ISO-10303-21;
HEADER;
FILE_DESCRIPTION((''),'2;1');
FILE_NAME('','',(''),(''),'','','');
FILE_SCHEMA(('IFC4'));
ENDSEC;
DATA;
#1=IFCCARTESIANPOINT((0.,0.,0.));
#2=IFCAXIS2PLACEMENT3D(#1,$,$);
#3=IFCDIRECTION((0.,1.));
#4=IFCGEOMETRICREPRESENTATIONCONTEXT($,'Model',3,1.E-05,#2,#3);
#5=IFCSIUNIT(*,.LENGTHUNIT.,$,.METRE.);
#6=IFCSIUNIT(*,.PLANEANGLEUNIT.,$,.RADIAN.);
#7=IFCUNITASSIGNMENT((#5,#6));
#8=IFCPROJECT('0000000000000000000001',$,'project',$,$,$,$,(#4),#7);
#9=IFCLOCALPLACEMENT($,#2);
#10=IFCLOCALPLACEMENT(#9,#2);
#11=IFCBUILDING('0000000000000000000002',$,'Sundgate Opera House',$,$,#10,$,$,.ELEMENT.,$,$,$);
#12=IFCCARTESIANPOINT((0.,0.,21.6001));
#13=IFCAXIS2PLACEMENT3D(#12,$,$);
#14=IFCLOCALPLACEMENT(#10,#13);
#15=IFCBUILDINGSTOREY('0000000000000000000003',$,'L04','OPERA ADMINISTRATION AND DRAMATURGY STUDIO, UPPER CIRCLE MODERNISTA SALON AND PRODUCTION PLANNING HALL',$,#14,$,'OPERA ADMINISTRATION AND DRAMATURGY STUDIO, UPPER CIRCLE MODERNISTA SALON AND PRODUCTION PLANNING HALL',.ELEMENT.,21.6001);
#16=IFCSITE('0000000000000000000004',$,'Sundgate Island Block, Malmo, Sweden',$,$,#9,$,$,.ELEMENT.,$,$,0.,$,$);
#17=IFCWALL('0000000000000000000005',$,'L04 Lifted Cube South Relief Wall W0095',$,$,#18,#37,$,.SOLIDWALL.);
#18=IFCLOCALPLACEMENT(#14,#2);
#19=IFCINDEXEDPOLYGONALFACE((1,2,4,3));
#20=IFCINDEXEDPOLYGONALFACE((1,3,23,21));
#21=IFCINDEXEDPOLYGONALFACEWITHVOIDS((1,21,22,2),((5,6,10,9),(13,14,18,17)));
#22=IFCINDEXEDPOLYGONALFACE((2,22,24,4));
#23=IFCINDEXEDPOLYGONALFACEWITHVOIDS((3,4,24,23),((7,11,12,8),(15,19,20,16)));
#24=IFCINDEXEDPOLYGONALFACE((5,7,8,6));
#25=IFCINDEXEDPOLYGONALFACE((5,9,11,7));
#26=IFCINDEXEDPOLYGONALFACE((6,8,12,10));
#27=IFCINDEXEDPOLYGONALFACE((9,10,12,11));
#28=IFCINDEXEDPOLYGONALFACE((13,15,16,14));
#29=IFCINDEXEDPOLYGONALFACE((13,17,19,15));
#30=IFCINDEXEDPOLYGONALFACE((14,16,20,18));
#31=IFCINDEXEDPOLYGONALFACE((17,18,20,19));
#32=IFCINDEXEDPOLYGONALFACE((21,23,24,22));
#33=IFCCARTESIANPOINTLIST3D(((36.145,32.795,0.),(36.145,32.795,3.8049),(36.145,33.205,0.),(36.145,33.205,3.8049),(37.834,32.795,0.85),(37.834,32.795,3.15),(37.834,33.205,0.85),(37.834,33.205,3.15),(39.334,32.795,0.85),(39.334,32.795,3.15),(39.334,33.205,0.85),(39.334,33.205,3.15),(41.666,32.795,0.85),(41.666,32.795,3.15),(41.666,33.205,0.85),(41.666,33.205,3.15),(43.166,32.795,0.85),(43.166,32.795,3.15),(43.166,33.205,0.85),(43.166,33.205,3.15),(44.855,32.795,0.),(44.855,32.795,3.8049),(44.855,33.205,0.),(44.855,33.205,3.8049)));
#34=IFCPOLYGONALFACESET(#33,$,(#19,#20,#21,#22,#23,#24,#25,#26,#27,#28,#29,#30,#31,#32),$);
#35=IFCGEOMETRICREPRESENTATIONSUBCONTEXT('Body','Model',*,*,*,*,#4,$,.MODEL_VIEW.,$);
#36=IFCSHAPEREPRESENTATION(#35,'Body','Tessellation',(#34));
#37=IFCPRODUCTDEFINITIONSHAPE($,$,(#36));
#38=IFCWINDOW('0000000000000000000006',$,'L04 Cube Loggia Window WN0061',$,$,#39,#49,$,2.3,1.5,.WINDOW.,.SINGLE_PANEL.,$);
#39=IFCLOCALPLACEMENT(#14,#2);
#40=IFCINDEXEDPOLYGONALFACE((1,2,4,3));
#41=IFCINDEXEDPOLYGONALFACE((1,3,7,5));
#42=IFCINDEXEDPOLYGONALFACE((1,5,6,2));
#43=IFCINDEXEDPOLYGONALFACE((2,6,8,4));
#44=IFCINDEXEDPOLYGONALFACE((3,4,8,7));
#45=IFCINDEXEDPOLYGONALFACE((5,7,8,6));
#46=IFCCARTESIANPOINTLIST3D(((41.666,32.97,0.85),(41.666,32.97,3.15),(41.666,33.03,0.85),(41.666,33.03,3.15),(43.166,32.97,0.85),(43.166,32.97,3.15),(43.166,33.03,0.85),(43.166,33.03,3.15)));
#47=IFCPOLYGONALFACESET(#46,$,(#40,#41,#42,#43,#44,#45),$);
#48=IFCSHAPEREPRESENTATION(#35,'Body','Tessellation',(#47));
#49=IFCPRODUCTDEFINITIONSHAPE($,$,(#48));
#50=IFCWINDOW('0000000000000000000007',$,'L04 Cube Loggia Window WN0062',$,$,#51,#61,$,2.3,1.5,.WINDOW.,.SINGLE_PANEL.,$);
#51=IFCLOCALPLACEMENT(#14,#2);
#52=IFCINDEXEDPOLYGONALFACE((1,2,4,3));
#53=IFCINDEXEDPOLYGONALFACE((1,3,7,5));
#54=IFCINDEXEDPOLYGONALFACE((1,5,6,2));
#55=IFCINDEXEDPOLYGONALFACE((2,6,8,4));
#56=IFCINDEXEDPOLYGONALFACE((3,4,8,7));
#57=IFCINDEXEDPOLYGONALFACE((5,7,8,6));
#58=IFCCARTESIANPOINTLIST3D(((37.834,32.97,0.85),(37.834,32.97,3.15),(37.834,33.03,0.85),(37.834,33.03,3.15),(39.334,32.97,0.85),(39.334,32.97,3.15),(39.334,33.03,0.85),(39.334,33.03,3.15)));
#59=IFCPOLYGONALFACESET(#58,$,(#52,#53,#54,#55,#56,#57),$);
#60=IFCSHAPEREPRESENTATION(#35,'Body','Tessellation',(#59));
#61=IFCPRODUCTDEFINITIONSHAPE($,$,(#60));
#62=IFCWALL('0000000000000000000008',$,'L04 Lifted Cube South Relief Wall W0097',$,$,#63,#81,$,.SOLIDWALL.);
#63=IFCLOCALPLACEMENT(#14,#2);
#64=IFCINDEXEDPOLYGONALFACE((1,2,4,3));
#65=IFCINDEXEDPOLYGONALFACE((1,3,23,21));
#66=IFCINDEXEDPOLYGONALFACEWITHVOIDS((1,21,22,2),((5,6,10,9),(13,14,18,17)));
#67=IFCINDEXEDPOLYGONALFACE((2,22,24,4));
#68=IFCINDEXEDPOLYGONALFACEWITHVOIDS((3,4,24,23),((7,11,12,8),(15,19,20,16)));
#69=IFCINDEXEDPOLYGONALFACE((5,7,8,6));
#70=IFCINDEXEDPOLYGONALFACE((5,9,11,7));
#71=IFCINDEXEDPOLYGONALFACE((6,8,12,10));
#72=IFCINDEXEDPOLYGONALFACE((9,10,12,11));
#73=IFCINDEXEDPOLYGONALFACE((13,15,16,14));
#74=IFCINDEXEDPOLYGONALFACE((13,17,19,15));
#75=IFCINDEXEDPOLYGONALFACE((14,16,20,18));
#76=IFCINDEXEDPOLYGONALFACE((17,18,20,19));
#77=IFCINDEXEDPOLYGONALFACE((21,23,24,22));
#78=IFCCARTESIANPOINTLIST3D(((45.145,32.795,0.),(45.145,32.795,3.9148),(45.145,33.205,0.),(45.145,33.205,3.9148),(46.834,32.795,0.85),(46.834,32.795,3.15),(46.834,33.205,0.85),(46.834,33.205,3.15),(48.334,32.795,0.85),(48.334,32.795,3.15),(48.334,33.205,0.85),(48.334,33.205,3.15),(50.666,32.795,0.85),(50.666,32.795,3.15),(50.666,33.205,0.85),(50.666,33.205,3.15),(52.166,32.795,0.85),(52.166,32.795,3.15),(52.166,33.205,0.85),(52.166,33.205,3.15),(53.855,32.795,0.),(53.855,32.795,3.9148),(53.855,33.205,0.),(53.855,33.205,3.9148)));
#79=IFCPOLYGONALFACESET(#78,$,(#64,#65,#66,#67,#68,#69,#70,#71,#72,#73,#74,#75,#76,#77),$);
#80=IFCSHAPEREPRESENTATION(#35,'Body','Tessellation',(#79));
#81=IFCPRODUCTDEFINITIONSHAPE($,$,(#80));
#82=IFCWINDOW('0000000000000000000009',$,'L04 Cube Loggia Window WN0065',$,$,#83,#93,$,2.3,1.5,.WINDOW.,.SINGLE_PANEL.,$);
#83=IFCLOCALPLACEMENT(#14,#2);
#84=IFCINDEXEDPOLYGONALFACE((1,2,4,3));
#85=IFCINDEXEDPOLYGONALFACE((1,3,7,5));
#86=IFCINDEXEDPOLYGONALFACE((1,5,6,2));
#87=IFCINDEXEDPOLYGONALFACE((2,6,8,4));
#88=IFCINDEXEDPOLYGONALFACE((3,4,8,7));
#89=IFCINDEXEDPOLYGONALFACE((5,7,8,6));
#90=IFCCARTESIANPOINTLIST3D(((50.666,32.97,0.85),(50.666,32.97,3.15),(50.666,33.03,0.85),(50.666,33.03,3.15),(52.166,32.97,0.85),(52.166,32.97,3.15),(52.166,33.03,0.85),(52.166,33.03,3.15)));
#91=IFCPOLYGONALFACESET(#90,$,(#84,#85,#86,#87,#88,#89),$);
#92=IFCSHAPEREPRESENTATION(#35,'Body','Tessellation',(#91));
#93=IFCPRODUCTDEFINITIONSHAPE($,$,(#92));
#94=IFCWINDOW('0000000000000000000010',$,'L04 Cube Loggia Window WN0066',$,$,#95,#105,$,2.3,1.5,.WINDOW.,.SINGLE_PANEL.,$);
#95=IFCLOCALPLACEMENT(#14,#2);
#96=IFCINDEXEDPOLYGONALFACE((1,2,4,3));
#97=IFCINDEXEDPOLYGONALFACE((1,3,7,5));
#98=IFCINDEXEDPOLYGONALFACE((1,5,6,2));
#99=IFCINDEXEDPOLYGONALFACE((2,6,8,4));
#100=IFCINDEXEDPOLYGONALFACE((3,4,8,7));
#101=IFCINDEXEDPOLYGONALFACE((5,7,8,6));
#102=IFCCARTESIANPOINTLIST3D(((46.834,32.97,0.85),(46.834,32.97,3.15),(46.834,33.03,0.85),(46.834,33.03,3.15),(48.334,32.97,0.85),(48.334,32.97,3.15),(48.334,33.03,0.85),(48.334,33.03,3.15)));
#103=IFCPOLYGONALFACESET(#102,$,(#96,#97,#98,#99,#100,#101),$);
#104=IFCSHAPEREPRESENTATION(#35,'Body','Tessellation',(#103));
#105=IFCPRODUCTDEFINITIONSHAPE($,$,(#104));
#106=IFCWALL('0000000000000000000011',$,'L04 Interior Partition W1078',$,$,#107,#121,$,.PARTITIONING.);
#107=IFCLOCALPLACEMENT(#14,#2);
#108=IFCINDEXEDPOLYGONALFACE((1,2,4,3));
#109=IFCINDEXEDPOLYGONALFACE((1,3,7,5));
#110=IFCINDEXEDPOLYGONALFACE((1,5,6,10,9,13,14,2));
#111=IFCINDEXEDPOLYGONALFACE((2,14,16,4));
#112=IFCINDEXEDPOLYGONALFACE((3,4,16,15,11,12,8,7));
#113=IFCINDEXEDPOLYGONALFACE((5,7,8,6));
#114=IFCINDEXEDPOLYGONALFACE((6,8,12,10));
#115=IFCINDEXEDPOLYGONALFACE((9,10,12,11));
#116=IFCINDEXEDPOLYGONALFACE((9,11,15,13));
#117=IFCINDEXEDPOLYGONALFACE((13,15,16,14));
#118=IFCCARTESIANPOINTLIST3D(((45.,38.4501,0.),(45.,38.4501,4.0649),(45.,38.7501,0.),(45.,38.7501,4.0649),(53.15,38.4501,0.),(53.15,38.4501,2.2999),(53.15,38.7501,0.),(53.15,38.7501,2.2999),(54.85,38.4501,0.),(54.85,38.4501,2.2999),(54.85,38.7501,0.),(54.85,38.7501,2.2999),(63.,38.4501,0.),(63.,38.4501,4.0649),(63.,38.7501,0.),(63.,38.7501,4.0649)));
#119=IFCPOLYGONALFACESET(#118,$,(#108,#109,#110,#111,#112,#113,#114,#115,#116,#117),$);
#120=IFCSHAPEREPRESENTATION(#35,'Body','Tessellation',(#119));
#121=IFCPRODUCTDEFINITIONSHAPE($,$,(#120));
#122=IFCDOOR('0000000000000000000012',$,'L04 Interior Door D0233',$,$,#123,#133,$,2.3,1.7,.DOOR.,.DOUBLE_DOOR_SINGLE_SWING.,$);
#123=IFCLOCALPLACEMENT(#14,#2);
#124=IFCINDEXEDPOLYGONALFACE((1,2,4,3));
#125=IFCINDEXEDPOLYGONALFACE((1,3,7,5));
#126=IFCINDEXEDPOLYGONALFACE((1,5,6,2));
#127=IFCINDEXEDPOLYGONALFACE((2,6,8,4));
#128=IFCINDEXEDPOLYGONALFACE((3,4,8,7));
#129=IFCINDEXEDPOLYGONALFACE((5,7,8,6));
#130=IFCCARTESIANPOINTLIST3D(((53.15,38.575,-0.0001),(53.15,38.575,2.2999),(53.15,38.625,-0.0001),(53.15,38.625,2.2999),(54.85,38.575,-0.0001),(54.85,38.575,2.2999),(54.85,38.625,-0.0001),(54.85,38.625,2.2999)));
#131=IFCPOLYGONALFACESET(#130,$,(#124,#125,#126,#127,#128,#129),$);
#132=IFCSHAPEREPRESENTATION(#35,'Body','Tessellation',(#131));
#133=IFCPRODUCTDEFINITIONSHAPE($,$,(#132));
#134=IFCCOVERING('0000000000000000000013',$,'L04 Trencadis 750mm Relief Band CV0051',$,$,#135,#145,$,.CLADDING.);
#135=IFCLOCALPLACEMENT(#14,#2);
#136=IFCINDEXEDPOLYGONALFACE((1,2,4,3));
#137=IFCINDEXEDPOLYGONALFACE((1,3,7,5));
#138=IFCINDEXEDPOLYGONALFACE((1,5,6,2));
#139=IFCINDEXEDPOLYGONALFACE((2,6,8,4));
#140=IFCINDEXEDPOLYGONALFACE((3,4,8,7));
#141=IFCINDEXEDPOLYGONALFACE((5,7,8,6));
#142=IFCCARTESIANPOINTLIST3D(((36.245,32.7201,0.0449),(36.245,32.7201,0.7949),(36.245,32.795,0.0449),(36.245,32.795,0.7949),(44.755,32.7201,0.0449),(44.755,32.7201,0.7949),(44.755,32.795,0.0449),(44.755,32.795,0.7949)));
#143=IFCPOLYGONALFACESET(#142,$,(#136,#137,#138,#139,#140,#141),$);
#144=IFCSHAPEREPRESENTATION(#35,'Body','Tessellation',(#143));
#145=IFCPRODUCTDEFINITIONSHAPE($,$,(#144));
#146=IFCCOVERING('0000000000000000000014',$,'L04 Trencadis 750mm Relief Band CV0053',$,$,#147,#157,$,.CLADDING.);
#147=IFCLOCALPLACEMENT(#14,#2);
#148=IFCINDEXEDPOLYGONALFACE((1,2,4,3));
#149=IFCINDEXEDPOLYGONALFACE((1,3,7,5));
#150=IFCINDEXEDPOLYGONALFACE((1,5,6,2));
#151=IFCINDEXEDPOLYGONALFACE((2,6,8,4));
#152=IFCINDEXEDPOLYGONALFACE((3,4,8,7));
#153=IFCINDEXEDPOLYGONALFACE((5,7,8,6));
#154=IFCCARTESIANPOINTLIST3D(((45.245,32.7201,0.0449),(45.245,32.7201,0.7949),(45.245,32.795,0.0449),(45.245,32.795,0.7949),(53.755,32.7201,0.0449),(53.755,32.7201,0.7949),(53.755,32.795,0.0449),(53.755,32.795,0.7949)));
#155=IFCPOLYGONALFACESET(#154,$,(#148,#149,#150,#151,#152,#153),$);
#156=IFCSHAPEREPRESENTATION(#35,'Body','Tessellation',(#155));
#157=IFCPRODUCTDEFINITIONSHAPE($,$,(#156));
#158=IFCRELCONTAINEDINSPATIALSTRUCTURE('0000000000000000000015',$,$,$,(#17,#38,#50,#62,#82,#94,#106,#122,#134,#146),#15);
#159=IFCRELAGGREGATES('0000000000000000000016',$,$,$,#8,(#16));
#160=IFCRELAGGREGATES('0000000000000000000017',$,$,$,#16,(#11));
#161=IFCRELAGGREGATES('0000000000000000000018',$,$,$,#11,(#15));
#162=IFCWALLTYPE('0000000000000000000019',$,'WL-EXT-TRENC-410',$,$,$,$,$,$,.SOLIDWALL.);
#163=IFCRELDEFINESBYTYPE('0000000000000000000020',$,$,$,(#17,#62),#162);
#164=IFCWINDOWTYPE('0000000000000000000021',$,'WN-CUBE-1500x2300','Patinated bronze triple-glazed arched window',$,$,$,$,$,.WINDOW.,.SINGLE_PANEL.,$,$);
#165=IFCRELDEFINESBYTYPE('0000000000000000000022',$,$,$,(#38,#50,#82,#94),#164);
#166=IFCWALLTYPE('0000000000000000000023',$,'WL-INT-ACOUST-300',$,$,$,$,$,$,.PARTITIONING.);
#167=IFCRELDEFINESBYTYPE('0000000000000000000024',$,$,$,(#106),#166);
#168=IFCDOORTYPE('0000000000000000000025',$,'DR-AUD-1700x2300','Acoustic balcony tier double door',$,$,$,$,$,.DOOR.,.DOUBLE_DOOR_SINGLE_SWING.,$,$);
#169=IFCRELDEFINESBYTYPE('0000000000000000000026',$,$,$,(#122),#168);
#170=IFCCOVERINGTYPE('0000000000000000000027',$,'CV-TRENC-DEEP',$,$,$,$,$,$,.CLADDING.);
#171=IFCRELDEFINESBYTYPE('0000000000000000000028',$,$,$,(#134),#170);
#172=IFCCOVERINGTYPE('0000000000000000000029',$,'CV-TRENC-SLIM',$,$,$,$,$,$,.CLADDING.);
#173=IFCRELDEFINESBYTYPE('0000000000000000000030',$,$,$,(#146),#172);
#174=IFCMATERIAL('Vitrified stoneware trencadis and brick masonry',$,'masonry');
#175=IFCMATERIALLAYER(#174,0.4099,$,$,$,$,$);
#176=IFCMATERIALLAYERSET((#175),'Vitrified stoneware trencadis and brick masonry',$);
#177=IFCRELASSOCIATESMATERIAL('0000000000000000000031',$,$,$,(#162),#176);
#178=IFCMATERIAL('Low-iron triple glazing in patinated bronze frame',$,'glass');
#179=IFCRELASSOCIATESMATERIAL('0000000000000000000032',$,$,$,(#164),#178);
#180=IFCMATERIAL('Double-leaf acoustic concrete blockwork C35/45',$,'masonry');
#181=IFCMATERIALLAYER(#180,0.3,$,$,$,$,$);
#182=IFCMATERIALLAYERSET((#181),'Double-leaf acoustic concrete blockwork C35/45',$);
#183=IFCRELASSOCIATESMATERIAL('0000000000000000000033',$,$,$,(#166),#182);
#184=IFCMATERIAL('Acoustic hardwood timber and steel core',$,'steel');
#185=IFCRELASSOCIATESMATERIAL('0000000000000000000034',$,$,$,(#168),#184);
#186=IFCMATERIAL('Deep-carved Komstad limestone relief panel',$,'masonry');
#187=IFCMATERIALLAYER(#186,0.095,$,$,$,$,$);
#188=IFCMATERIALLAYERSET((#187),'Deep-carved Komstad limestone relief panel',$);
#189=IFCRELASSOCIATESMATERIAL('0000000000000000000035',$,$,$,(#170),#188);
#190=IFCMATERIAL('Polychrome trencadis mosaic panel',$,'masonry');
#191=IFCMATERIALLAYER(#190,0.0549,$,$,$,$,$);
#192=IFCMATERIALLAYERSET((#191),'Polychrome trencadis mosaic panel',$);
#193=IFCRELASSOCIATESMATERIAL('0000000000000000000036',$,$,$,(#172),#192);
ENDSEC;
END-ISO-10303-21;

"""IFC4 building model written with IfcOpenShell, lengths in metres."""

from ifc_helpers import new_model, si_unit, direction, frame, frame_2d, origin, origin_2d, place, context, subcontext, project, spatial, rectangle, extrude, material, layer, layer_set, type_object, element, fill, save


model = new_model("IFC4")

# Units and contexts
model_context = context("Model", 3, precision=1e-05, world=origin(), true_north=direction((0.0, 1.0)))
body_context = subcontext(model_context, "Body", "Model", "MODEL_VIEW")
ifc_project = project(units=[si_unit("LENGTHUNIT", "METRE"), si_unit("PLANEANGLEUNIT", "RADIAN")], contexts=[model_context])

# Site, building, storey
site_placement = place(None, origin())
site = spatial("IfcSite", under=ifc_project, at=site_placement, Name="Sundgate Island Block, Malmo, Sweden", CompositionType="ELEMENT", RefElevation=0.0)
building_placement = place(site_placement, origin())
building = spatial("IfcBuilding", under=site, at=building_placement, Name="Sundgate Opera House", CompositionType="ELEMENT")
storey_placement = place(building_placement, frame((0.0, 0.0, 21.6001)))
storey = spatial("IfcBuildingStorey", under=building, at=storey_placement, Name="L04", Description="OPERA ADMINISTRATION AND DRAMATURGY STUDIO, UPPER CIRCLE MODERNISTA SALON AND PRODUCTION PLANNING HALL", LongName="OPERA ADMINISTRATION AND DRAMATURGY STUDIO, UPPER CIRCLE MODERNISTA SALON AND PRODUCTION PLANNING HALL", CompositionType="ELEMENT", Elevation=21.6001)

# Walls, openings, windows
ifc_material_1 = material(Name="Vitrified stoneware trencadis and brick masonry", Category="masonry")
ifc_layer_1 = layer(ifc_material_1, 0.4099)
ifc_layer_set_1 = layer_set([ifc_layer_1], Name="Vitrified stoneware trencadis and brick masonry")
wall_type_1 = type_object("IfcWallType", Name="WL-EXT-TRENC-410", PredefinedType="SOLIDWALL", material=ifc_layer_set_1)
wall_1_placement = place(storey_placement, frame((44.855, 33.0, 0.0), z_axis=(0.0, 0.0, 1.0), x_axis=(-1.0, 0.0, 0.0)))
wall_1 = element("IfcWall", 1, at=wall_1_placement, inside=storey, type_object=wall_type_1, Name="L04 Lifted Cube South Relief Wall W0095", PredefinedType="SOLIDWALL", context=body_context, shape_type="SweptSolid", body=[
    extrude(rectangle(XDim=8.71, YDim=0.4099, at=frame_2d((4.355, 0.0))), origin(), (0.0, 0.0, 1.0), 3.8049),
])
opening_1_placement = place(wall_1_placement, frame((1.689, 0.0, 0.8501)))
opening_1 = element("IfcOpeningElement", 2, at=opening_1_placement, cuts=wall_1, PredefinedType="OPENING", context=body_context, shape_type="SweptSolid", body=[
    extrude(rectangle(XDim=1.5, YDim=2.3, at=frame_2d((0.75, 1.1499))), frame((0.0, 0.2148, 0.0), z_axis=(0.0, -1.0, 0.0), x_axis=(1.0, 0.0, 0.0)), (0.0, 0.0, 1.0), 0.4299),
])
opening_2_placement = place(wall_1_placement, frame((5.521, 0.0, 0.8501)))
opening_2 = element("IfcOpeningElement", 3, at=opening_2_placement, cuts=wall_1, PredefinedType="OPENING", context=body_context, shape_type="SweptSolid", body=[
    extrude(rectangle(XDim=1.5, YDim=2.3, at=frame_2d((0.75, 1.1499))), frame((0.0, 0.2148, 0.0), z_axis=(0.0, -1.0, 0.0), x_axis=(1.0, 0.0, 0.0)), (0.0, 0.0, 1.0), 0.4299),
])
ifc_material_2 = material(Name="Low-iron triple glazing in patinated bronze frame", Category="glass")
window_type = type_object("IfcWindowType", Name="WN-CUBE-1500x2300", Description="Patinated bronze triple-glazed arched window", PartitioningType="SINGLE_PANEL", PredefinedType="WINDOW", material=ifc_material_2)
window_1_placement = place(opening_1_placement, origin())
window_1 = element("IfcWindow", 4, at=window_1_placement, inside=storey, type_object=window_type, Name="L04 Cube Loggia Window WN0061", OverallHeight=2.3, OverallWidth=1.5, PartitioningType="SINGLE_PANEL", PredefinedType="WINDOW", context=body_context, shape_type="SweptSolid", body=[
    extrude(rectangle(XDim=1.5, YDim=2.3, at=frame_2d((0.75, 1.1499))), frame((0.0, 0.03, 0.0), z_axis=(0.0, -1.0, 0.0), x_axis=(1.0, 0.0, 0.0)), (0.0, 0.0, 1.0), 0.0601),
])
fill(opening_1, window_1)
window_2_placement = place(opening_2_placement, origin())
window_2 = element("IfcWindow", 5, at=window_2_placement, inside=storey, type_object=window_type, Name="L04 Cube Loggia Window WN0062", OverallHeight=2.3, OverallWidth=1.5, PartitioningType="SINGLE_PANEL", PredefinedType="WINDOW", context=body_context, shape_type="SweptSolid", body=[
    extrude(rectangle(XDim=1.5, YDim=2.3, at=frame_2d((0.75, 1.1499))), frame((0.0, 0.03, 0.0), z_axis=(0.0, -1.0, 0.0), x_axis=(1.0, 0.0, 0.0)), (0.0, 0.0, 1.0), 0.0601),
])
fill(opening_2, window_2)
wall_2_placement = place(storey_placement, frame((53.855, 33.0, 0.0), z_axis=(0.0, 0.0, 1.0), x_axis=(-1.0, 0.0, 0.0)))
wall_2 = element("IfcWall", 6, at=wall_2_placement, inside=storey, type_object=wall_type_1, Name="L04 Lifted Cube South Relief Wall W0097", PredefinedType="SOLIDWALL", context=body_context, shape_type="SweptSolid", body=[
    extrude(rectangle(XDim=8.71, YDim=0.4099, at=frame_2d((4.355, 0.0))), origin(), (0.0, 0.0, 1.0), 3.9148),
])
opening_3_placement = place(wall_2_placement, frame((1.689, 0.0, 0.8501)))
opening_3 = element("IfcOpeningElement", 7, at=opening_3_placement, cuts=wall_2, PredefinedType="OPENING", context=body_context, shape_type="SweptSolid", body=[
    extrude(rectangle(XDim=1.5, YDim=2.3, at=frame_2d((0.75, 1.1499))), frame((0.0, 0.2148, 0.0), z_axis=(0.0, -1.0, 0.0), x_axis=(1.0, 0.0, 0.0)), (0.0, 0.0, 1.0), 0.4299),
])
opening_4_placement = place(wall_2_placement, frame((5.521, 0.0, 0.8501)))
opening_4 = element("IfcOpeningElement", 8, at=opening_4_placement, cuts=wall_2, PredefinedType="OPENING", context=body_context, shape_type="SweptSolid", body=[
    extrude(rectangle(XDim=1.5, YDim=2.3, at=frame_2d((0.75, 1.1499))), frame((0.0, 0.2148, 0.0), z_axis=(0.0, -1.0, 0.0), x_axis=(1.0, 0.0, 0.0)), (0.0, 0.0, 1.0), 0.4299),
])
window_3_placement = place(opening_3_placement, origin())
window_3 = element("IfcWindow", 9, at=window_3_placement, inside=storey, type_object=window_type, Name="L04 Cube Loggia Window WN0065", OverallHeight=2.3, OverallWidth=1.5, PartitioningType="SINGLE_PANEL", PredefinedType="WINDOW", context=body_context, shape_type="SweptSolid", body=[
    extrude(rectangle(XDim=1.5, YDim=2.3, at=frame_2d((0.75, 1.1499))), frame((0.0, 0.03, 0.0), z_axis=(0.0, -1.0, 0.0), x_axis=(1.0, 0.0, 0.0)), (0.0, 0.0, 1.0), 0.0601),
])
fill(opening_3, window_3)
window_4_placement = place(opening_4_placement, origin())
window_4 = element("IfcWindow", 10, at=window_4_placement, inside=storey, type_object=window_type, Name="L04 Cube Loggia Window WN0066", OverallHeight=2.3, OverallWidth=1.5, PartitioningType="SINGLE_PANEL", PredefinedType="WINDOW", context=body_context, shape_type="SweptSolid", body=[
    extrude(rectangle(XDim=1.5, YDim=2.3, at=frame_2d((0.75, 1.1499))), frame((0.0, 0.03, 0.0), z_axis=(0.0, -1.0, 0.0), x_axis=(1.0, 0.0, 0.0)), (0.0, 0.0, 1.0), 0.0601),
])
fill(opening_4, window_4)

# Wall, opening, door
ifc_material_3 = material(Name="Double-leaf acoustic concrete blockwork C35/45", Category="masonry")
ifc_layer_2 = layer(ifc_material_3, 0.3)
ifc_layer_set_2 = layer_set([ifc_layer_2], Name="Double-leaf acoustic concrete blockwork C35/45")
wall_type_2 = type_object("IfcWallType", Name="WL-INT-ACOUST-300", PredefinedType="PARTITIONING", material=ifc_layer_set_2)
wall_3_placement = place(storey_placement, frame((45.0, 38.6001, 0.0), z_axis=(0.0, 0.0, 1.0), x_axis=(1.0, 0.0, 0.0)))
wall_3 = element("IfcWall", 11, at=wall_3_placement, inside=storey, type_object=wall_type_2, Name="L04 Interior Partition W1078", PredefinedType="PARTITIONING", context=body_context, shape_type="SweptSolid", body=[
    extrude(rectangle(XDim=18.0, YDim=0.3, at=frame_2d((9.0, 0.0))), origin(), (0.0, 0.0, 1.0), 4.0649),
])
opening_5_placement = place(wall_3_placement, frame((8.1499, 0.0, 0.0)))
opening_5 = element("IfcOpeningElement", 12, at=opening_5_placement, cuts=wall_3, PredefinedType="OPENING", context=body_context, shape_type="SweptSolid", body=[
    extrude(rectangle(XDim=1.7, YDim=2.3, at=frame_2d((0.8501, 1.1499))), frame((0.0, 0.1599, 0.0), z_axis=(0.0, -1.0, 0.0), x_axis=(1.0, 0.0, 0.0)), (0.0, 0.0, 1.0), 0.3201),
])
ifc_material_4 = material(Name="Acoustic hardwood timber and steel core", Category="steel")
door_type = type_object("IfcDoorType", Name="DR-AUD-1700x2300", Description="Acoustic balcony tier double door", OperationType="DOUBLE_DOOR_SINGLE_SWING", PredefinedType="DOOR", material=ifc_material_4)
door_placement = place(opening_5_placement, origin())
door = element("IfcDoor", 13, at=door_placement, inside=storey, type_object=door_type, Name="L04 Interior Door D0233", OperationType="DOUBLE_DOOR_SINGLE_SWING", OverallHeight=2.3, OverallWidth=1.7, PredefinedType="DOOR", context=body_context, shape_type="SweptSolid", body=[
    extrude(rectangle(XDim=1.7, YDim=2.3, at=frame_2d((0.8501, 1.1499))), frame((0.0, 0.0249, 0.0), z_axis=(0.0, -1.0, 0.0), x_axis=(1.0, 0.0, 0.0)), (0.0, 0.0, 1.0), 0.05),
])
fill(opening_5, door)

# Coverings
ifc_material_5 = material(Name="Deep-carved Komstad limestone relief panel", Category="masonry")
ifc_layer_3 = layer(ifc_material_5, 0.095)
ifc_layer_set_3 = layer_set([ifc_layer_3], Name="Deep-carved Komstad limestone relief panel")
covering_type_1 = type_object("IfcCoveringType", Name="CV-TRENC-DEEP", PredefinedType="CLADDING", material=ifc_layer_set_3)
covering_1_placement = place(storey_placement, frame((40.5, 32.7576, 0.0449), z_axis=(0.0, 0.0, 1.0), x_axis=(1.0, 0.0, 0.0)))
element("IfcCovering", 14, at=covering_1_placement, inside=storey, type_object=covering_type_1, Name="L04 Trencadis 750mm Relief Band CV0051", PredefinedType="CLADDING", context=body_context, shape_type="SweptSolid", body=[
    extrude(rectangle(XDim=8.51, YDim=0.075, at=origin_2d()), origin(), (0.0, 0.0, 1.0), 0.75),
])
ifc_material_6 = material(Name="Polychrome trencadis mosaic panel", Category="masonry")
ifc_layer_4 = layer(ifc_material_6, 0.0549)
ifc_layer_set_4 = layer_set([ifc_layer_4], Name="Polychrome trencadis mosaic panel")
covering_type_2 = type_object("IfcCoveringType", Name="CV-TRENC-SLIM", PredefinedType="CLADDING", material=ifc_layer_set_4)
covering_2_placement = place(storey_placement, frame((49.5, 32.7576, 0.0449), z_axis=(0.0, 0.0, 1.0), x_axis=(1.0, 0.0, 0.0)))
element("IfcCovering", 15, at=covering_2_placement, inside=storey, type_object=covering_type_2, Name="L04 Trencadis 750mm Relief Band CV0053", PredefinedType="CLADDING", context=body_context, shape_type="SweptSolid", body=[
    extrude(rectangle(XDim=8.51, YDim=0.075, at=origin_2d()), origin(), (0.0, 0.0, 1.0), 0.75),
])

save(model, "model.ifc")
